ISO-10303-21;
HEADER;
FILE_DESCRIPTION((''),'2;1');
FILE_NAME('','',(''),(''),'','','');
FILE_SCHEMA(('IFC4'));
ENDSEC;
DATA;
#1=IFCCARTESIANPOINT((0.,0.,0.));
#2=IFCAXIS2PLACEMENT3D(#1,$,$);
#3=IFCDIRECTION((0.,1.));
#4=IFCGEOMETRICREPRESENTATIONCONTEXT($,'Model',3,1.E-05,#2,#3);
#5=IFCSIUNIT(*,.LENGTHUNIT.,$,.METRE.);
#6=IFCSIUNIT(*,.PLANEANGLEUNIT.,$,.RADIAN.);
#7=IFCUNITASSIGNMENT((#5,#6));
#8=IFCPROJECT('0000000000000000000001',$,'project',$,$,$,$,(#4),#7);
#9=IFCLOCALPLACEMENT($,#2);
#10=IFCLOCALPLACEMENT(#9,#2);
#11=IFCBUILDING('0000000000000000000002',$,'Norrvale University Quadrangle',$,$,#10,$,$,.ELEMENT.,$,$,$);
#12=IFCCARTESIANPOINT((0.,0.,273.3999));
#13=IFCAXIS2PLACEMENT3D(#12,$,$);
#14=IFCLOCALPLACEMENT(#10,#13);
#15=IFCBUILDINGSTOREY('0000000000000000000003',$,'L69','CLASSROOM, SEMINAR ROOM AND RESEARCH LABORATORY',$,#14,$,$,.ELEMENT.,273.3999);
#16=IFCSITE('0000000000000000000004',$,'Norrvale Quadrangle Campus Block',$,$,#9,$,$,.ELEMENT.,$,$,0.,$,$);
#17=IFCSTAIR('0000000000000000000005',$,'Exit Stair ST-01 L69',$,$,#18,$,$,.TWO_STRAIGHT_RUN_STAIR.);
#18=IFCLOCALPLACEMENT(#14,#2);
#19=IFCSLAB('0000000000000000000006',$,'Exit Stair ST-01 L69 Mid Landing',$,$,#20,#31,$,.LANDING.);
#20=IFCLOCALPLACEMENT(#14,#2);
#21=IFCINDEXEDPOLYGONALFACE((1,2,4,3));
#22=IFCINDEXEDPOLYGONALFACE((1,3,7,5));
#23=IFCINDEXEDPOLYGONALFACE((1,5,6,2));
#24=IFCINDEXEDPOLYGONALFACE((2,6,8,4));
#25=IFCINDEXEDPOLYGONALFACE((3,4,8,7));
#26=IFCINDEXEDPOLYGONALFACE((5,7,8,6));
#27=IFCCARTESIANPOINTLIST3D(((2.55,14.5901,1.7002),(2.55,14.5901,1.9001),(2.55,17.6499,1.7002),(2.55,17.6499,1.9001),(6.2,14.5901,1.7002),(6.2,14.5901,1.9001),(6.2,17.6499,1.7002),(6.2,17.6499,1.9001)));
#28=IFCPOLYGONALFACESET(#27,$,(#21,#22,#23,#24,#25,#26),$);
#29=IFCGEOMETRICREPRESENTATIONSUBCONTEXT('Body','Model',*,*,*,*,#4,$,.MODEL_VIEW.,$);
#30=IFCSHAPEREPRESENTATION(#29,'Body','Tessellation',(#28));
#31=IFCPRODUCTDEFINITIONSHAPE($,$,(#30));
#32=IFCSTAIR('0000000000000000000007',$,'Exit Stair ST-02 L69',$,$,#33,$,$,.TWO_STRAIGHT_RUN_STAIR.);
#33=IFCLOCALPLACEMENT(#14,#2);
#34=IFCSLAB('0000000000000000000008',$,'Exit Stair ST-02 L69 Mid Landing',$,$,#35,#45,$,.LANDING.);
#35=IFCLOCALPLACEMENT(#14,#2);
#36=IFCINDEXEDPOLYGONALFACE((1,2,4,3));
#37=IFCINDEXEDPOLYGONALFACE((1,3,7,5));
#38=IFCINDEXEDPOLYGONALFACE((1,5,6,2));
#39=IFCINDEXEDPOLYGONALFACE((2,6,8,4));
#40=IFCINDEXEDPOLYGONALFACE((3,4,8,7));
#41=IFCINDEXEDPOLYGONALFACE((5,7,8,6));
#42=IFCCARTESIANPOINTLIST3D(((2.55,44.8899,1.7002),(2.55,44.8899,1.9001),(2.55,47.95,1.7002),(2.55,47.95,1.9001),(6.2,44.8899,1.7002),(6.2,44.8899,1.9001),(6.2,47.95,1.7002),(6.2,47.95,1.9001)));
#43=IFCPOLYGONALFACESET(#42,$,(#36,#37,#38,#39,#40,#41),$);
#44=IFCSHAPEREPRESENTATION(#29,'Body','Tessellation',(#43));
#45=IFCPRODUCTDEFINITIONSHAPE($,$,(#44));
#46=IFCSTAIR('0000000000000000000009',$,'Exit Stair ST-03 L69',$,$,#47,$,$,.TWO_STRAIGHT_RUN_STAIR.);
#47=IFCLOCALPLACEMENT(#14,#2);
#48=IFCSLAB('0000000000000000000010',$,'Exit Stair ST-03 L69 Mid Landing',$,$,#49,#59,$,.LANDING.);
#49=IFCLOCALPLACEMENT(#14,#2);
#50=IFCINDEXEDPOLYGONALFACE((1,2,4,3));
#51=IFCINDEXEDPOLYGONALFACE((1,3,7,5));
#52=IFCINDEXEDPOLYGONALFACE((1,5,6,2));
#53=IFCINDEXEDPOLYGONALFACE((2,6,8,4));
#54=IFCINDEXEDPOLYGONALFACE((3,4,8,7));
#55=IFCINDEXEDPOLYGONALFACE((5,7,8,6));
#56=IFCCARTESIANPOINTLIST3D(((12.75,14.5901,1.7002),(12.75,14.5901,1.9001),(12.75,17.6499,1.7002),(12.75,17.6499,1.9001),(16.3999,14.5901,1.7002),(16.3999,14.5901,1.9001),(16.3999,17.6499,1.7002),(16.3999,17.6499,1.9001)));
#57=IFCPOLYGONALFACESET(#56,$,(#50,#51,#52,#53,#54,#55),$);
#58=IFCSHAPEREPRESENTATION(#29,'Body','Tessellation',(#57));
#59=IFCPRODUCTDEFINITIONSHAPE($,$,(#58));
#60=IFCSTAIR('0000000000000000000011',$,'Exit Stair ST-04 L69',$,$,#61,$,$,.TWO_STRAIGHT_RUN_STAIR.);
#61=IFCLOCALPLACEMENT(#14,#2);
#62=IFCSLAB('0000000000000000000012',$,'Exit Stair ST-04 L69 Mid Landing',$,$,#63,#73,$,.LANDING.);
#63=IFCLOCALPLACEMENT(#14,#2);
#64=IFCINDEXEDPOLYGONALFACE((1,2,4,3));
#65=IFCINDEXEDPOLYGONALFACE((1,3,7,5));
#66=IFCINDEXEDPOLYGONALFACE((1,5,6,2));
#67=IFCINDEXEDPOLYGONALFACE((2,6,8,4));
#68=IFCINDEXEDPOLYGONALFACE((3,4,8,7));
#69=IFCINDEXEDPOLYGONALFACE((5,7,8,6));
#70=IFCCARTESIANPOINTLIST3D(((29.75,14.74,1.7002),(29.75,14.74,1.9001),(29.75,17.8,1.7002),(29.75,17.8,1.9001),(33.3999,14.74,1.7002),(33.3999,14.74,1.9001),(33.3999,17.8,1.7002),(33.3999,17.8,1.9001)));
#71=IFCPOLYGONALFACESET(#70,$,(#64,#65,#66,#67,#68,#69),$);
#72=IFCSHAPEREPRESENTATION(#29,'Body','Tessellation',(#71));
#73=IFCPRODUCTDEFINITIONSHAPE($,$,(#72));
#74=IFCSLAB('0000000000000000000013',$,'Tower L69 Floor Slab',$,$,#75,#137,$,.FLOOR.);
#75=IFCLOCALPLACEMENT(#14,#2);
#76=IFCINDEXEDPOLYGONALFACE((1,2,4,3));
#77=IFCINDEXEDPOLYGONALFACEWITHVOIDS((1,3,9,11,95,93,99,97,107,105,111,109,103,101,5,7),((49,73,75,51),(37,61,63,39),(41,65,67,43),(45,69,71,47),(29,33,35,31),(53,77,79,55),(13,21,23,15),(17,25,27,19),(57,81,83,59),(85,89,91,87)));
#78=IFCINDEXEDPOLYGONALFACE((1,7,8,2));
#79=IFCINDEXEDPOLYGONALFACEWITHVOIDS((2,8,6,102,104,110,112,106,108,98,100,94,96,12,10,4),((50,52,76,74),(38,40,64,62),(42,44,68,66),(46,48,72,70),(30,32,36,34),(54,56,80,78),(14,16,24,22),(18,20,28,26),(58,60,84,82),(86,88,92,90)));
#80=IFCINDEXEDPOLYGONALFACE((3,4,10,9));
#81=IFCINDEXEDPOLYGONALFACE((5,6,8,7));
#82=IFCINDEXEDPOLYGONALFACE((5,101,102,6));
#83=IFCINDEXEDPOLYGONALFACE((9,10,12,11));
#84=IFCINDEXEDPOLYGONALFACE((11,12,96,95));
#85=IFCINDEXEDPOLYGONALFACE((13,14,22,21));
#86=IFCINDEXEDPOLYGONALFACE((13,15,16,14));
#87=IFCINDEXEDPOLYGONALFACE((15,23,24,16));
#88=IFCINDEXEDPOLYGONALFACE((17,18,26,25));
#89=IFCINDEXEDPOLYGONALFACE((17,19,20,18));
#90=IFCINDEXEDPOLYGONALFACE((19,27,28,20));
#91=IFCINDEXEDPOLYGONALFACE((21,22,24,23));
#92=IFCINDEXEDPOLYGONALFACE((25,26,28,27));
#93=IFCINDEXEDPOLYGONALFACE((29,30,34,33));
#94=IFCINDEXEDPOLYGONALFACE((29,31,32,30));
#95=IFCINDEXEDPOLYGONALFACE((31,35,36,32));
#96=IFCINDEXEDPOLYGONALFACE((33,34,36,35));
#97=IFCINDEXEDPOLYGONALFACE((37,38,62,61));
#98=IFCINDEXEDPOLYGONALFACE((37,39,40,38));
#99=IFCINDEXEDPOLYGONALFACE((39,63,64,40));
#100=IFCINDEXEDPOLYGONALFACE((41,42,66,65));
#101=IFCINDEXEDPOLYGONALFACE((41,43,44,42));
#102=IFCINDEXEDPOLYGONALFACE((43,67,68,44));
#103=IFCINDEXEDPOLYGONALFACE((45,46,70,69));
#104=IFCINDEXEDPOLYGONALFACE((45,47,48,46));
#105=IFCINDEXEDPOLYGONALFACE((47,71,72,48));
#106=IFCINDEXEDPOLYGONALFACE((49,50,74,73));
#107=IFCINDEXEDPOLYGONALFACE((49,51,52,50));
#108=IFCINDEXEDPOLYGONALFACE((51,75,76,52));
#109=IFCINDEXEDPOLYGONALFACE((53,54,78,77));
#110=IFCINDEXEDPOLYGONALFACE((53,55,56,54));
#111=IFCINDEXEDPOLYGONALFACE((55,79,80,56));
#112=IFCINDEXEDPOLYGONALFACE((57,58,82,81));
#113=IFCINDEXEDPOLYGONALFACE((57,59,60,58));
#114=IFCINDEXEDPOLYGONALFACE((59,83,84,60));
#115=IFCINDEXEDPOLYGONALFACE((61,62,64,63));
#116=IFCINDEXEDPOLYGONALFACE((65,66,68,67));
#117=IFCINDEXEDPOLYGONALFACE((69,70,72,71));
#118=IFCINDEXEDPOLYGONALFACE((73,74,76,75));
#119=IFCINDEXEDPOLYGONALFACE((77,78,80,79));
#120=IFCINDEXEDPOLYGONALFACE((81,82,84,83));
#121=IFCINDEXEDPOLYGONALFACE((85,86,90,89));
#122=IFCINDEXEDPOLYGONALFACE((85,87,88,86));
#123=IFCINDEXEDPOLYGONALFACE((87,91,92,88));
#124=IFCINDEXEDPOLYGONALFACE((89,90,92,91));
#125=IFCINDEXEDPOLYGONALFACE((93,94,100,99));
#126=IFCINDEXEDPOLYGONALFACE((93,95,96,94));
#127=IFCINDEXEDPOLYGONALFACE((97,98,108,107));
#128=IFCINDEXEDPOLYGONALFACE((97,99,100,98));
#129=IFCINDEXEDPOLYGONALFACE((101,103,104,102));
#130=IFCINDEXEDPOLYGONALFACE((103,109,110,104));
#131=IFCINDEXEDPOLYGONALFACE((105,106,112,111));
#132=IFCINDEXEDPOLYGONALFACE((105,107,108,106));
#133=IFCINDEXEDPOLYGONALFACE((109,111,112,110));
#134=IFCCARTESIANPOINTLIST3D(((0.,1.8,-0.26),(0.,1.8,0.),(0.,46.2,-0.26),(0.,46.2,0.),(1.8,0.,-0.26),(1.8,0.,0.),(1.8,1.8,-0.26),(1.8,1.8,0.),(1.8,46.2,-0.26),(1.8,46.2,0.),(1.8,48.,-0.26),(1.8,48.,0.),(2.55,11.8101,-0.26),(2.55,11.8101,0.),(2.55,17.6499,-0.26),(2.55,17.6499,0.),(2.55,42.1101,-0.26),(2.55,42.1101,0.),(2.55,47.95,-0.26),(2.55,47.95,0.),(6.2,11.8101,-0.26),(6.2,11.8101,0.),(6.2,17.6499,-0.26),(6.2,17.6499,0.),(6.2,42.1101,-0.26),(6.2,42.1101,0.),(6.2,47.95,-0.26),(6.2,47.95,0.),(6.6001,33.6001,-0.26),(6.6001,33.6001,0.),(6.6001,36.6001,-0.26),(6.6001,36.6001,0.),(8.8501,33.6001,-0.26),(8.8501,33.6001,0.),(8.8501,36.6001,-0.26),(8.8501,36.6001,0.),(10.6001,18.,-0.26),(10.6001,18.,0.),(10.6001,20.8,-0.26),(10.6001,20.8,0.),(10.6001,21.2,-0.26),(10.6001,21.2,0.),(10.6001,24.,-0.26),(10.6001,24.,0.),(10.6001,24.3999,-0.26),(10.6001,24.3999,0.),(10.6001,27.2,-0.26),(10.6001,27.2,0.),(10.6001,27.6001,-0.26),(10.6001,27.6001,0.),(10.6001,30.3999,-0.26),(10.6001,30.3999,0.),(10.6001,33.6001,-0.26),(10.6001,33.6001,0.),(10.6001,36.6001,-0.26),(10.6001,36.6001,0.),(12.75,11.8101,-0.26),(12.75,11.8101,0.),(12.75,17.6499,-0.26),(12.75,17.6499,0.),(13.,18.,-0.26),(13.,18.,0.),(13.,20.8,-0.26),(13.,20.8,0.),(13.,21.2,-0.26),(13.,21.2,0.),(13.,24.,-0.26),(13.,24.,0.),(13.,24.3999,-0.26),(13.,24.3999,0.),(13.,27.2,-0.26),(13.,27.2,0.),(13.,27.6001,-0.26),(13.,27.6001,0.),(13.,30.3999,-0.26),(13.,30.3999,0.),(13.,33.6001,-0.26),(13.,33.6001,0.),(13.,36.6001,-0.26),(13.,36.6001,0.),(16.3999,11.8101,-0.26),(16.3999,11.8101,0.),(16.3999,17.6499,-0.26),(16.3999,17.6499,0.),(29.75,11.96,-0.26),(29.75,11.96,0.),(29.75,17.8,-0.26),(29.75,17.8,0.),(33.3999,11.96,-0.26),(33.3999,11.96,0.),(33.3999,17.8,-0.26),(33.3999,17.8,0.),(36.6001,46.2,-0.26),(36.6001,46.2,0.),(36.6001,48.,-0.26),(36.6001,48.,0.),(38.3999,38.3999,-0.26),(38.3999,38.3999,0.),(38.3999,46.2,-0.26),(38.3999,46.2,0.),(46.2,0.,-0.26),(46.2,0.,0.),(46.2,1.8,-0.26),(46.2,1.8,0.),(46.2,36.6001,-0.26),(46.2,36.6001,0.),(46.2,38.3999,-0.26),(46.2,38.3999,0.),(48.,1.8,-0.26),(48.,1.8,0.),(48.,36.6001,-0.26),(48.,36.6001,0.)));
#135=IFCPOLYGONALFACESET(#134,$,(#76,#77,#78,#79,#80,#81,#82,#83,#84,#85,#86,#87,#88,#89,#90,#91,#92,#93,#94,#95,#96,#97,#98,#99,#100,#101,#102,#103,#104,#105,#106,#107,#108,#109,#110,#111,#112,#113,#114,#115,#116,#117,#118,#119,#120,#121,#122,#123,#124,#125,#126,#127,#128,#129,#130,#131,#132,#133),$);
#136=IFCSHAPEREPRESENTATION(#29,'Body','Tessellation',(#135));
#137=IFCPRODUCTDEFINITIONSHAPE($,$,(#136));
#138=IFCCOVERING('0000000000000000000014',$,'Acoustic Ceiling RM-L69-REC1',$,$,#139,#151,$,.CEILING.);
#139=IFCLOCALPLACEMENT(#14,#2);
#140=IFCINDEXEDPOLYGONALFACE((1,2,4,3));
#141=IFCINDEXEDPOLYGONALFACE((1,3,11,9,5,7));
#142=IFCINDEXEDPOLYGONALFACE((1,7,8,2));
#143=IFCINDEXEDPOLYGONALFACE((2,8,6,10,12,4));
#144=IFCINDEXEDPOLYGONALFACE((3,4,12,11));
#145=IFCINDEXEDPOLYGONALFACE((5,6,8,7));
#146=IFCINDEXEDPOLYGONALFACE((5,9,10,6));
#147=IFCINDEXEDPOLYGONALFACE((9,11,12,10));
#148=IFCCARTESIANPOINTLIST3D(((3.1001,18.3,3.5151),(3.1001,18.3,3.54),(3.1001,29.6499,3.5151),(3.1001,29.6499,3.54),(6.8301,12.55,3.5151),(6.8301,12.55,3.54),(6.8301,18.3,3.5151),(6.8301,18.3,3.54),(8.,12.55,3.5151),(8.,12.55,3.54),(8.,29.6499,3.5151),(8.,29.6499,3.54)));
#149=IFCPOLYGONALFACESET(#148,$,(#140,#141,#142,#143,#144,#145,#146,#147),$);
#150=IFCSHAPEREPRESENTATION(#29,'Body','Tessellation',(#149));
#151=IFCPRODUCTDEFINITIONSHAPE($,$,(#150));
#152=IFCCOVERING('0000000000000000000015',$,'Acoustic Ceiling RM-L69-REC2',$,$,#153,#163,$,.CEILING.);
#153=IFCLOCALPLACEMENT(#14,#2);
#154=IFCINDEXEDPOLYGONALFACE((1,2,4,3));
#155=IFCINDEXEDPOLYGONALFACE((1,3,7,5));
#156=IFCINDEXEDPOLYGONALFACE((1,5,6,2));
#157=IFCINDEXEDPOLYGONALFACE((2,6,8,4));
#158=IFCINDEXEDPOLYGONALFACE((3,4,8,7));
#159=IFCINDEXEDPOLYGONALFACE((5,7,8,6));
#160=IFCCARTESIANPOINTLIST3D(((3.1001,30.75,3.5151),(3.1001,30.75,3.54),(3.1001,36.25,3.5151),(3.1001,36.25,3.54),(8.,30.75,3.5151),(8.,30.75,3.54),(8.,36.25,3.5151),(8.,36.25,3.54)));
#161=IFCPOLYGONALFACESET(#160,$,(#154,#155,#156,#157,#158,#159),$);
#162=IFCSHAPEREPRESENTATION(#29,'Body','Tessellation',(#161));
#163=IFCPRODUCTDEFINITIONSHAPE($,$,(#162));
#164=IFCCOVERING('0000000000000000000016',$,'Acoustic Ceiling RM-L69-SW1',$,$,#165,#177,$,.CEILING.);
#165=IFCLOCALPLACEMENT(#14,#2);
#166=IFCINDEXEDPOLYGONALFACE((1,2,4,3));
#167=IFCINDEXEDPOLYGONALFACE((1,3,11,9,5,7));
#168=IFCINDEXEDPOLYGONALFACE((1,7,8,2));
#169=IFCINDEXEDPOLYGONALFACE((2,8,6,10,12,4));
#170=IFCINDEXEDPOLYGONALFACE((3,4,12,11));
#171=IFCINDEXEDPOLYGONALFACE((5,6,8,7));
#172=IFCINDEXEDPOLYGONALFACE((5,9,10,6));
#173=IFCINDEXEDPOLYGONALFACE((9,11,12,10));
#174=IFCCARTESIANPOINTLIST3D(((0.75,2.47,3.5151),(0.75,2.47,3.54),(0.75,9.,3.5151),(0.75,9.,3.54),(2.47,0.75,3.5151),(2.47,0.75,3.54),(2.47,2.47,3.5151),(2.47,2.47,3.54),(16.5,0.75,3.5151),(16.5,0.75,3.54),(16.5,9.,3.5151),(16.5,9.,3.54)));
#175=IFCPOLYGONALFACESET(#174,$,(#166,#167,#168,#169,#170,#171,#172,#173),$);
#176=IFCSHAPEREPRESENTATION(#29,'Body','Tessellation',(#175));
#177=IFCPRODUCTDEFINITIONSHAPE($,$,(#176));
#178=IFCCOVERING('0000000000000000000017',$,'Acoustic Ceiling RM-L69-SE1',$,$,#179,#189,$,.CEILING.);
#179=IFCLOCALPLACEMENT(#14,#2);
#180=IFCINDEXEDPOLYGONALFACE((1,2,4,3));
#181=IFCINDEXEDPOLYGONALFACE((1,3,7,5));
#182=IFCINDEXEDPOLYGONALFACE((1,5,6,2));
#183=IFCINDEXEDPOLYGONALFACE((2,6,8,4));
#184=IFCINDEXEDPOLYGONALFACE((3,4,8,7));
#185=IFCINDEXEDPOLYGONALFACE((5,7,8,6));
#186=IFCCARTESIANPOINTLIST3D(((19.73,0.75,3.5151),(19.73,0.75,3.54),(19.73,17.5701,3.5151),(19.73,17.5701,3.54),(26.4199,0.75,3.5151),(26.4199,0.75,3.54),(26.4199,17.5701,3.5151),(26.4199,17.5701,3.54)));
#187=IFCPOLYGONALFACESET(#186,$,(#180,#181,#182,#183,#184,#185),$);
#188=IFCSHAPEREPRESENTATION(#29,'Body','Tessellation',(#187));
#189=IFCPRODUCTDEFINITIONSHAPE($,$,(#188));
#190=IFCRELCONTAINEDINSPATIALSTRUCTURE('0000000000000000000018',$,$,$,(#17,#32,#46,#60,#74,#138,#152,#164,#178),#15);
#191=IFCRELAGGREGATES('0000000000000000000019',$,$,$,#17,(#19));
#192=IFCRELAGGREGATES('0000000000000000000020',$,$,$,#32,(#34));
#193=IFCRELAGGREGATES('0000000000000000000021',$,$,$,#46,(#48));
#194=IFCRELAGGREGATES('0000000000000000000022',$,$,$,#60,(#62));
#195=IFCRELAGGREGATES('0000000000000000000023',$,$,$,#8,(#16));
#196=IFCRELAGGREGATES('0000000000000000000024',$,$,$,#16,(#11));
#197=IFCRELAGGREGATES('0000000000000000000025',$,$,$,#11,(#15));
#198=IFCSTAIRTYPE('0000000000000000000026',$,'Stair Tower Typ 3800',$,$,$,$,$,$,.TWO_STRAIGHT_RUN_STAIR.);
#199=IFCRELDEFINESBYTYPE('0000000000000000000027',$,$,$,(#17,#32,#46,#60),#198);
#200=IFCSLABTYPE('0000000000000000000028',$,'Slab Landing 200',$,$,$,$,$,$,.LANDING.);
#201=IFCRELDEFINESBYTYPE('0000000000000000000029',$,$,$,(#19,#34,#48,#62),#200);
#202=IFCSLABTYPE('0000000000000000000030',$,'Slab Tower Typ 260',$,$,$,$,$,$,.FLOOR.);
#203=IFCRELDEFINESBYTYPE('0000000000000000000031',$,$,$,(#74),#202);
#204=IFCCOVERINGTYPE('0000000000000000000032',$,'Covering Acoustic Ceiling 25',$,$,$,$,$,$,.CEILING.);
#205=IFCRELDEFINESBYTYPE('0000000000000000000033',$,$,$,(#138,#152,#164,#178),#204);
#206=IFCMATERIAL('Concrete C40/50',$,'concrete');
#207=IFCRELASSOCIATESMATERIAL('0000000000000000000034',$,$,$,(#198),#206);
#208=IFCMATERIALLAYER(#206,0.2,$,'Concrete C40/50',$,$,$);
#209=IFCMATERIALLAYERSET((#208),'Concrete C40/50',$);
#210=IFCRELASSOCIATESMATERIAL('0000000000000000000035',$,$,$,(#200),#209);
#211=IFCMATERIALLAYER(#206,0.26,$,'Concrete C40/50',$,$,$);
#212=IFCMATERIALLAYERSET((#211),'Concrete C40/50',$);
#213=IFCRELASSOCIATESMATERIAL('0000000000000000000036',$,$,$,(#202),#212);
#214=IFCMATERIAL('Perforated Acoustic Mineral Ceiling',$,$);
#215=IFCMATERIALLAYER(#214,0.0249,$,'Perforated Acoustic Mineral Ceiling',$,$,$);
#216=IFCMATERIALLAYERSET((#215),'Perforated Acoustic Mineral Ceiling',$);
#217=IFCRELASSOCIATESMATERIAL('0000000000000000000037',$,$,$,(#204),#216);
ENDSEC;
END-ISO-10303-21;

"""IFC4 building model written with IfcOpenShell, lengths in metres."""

from ifc_helpers import new_model, si_unit, direction, frame, origin, place, context, subcontext, project, spatial, polyline, outline, extrude, material, layer, layer_set, type_object, element, aggregate, save


model = new_model("IFC4")

# Units and contexts
model_context = context("Model", 3, precision=1e-05, world=origin(), true_north=direction((0.0, 1.0)))
body_context = subcontext(model_context, "Body", "Model", "MODEL_VIEW")
ifc_project = project(units=[si_unit("LENGTHUNIT", "METRE"), si_unit("PLANEANGLEUNIT", "RADIAN")], contexts=[model_context])

# Site, building, storey
site_placement = place(None, origin())
site = spatial("IfcSite", under=ifc_project, at=site_placement, Name="Norrvale Quadrangle Campus Block", CompositionType="ELEMENT", RefElevation=0.0)
building_placement = place(site_placement, origin())
building = spatial("IfcBuilding", under=site, at=building_placement, Name="Norrvale University Quadrangle", CompositionType="ELEMENT")
storey_placement = place(building_placement, frame((0.0, 0.0, 273.3999)))
storey = spatial("IfcBuildingStorey", under=building, at=storey_placement, Name="L69", Description="CLASSROOM, SEMINAR ROOM AND RESEARCH LABORATORY", CompositionType="ELEMENT", Elevation=273.3999)

# Stairs, slabs
ifc_material_1 = material(Name="Concrete C40/50", Category="concrete")
stair_type = type_object("IfcStairType", Name="Stair Tower Typ 3800", PredefinedType="TWO_STRAIGHT_RUN_STAIR", material=ifc_material_1)
stair_1_placement = place(storey_placement, origin())
stair_1 = element("IfcStair", 1, at=stair_1_placement, inside=storey, type_object=stair_type, Name="Exit Stair ST-01 L69", PredefinedType="TWO_STRAIGHT_RUN_STAIR")
ifc_layer_1 = layer(ifc_material_1, 0.2, Name="Concrete C40/50")
ifc_layer_set_1 = layer_set([ifc_layer_1], Name="Concrete C40/50")
slab_type_1 = type_object("IfcSlabType", Name="Slab Landing 200", PredefinedType="LANDING", material=ifc_layer_set_1)
slab_1_placement = place(storey_placement, frame((0.0, 0.0, 1.7002)))
slab_1 = element("IfcSlab", 2, at=slab_1_placement, type_object=slab_type_1, Name="Exit Stair ST-01 L69 Mid Landing", PredefinedType="LANDING", context=body_context, shape_type="SweptSolid", body=[
    extrude(outline(polyline([(2.55, 14.5901), (6.2, 14.5901), (6.2, 17.6499), (2.55, 17.6499), (2.55, 14.5901)])), origin(), (0.0, 0.0, 1.0), 0.2),
])
aggregate(stair_1, [slab_1])
stair_2_placement = place(storey_placement, origin())
stair_2 = element("IfcStair", 3, at=stair_2_placement, inside=storey, type_object=stair_type, Name="Exit Stair ST-02 L69", PredefinedType="TWO_STRAIGHT_RUN_STAIR")
slab_2_placement = place(storey_placement, frame((0.0, 0.0, 1.7002)))
slab_2 = element("IfcSlab", 4, at=slab_2_placement, type_object=slab_type_1, Name="Exit Stair ST-02 L69 Mid Landing", PredefinedType="LANDING", context=body_context, shape_type="SweptSolid", body=[
    extrude(outline(polyline([(2.55, 44.8899), (6.2, 44.8899), (6.2, 47.95), (2.55, 47.95), (2.55, 44.8899)])), origin(), (0.0, 0.0, 1.0), 0.2),
])
aggregate(stair_2, [slab_2])
stair_3_placement = place(storey_placement, origin())
stair_3 = element("IfcStair", 5, at=stair_3_placement, inside=storey, type_object=stair_type, Name="Exit Stair ST-03 L69", PredefinedType="TWO_STRAIGHT_RUN_STAIR")
slab_3_placement = place(storey_placement, frame((0.0, 0.0, 1.7002)))
slab_3 = element("IfcSlab", 6, at=slab_3_placement, type_object=slab_type_1, Name="Exit Stair ST-03 L69 Mid Landing", PredefinedType="LANDING", context=body_context, shape_type="SweptSolid", body=[
    extrude(outline(polyline([(12.75, 14.5901), (16.3999, 14.5901), (16.3999, 17.6499), (12.75, 17.6499), (12.75, 14.5901)])), origin(), (0.0, 0.0, 1.0), 0.2),
])
aggregate(stair_3, [slab_3])
stair_4_placement = place(storey_placement, origin())
stair_4 = element("IfcStair", 7, at=stair_4_placement, inside=storey, type_object=stair_type, Name="Exit Stair ST-04 L69", PredefinedType="TWO_STRAIGHT_RUN_STAIR")
slab_4_placement = place(storey_placement, frame((0.0, 0.0, 1.7002)))
slab_4 = element("IfcSlab", 8, at=slab_4_placement, type_object=slab_type_1, Name="Exit Stair ST-04 L69 Mid Landing", PredefinedType="LANDING", context=body_context, shape_type="SweptSolid", body=[
    extrude(outline(polyline([(29.75, 14.74), (33.3999, 14.74), (33.3999, 17.8), (29.75, 17.8), (29.75, 14.74)])), origin(), (0.0, 0.0, 1.0), 0.2),
])
aggregate(stair_4, [slab_4])

# Slab
ifc_layer_2 = layer(ifc_material_1, 0.26, Name="Concrete C40/50")
ifc_layer_set_2 = layer_set([ifc_layer_2], Name="Concrete C40/50")
slab_type_2 = type_object("IfcSlabType", Name="Slab Tower Typ 260", PredefinedType="FLOOR", material=ifc_layer_set_2)
slab_5_placement = place(storey_placement, frame((0.0, 0.0, -0.26)))
element("IfcSlab", 9, at=slab_5_placement, inside=storey, type_object=slab_type_2, Name="Tower L69 Floor Slab", PredefinedType="FLOOR", context=body_context, shape_type="SweptSolid", body=[
    extrude(outline(polyline([(1.8, 0.0), (46.2, 0.0), (46.2, 1.8), (48.0, 1.8), (48.0, 36.6001), (46.2, 36.6001), (46.2, 38.3999), (38.3999, 38.3999), (38.3999, 46.2), (36.6001, 46.2), (36.6001, 48.0), (1.8, 48.0), (1.8, 46.2), (0.0, 46.2), (0.0, 1.8), (1.8, 1.8), (1.8, 0.0)]), holes=[polyline([(2.55, 11.8101), (6.2, 11.8101), (6.2, 17.6499), (2.55, 17.6499), (2.55, 11.8101)]), polyline([(2.55, 42.1101), (6.2, 42.1101), (6.2, 47.95), (2.55, 47.95), (2.55, 42.1101)]), polyline([(12.75, 11.8101), (16.3999, 11.8101), (16.3999, 17.6499), (12.75, 17.6499), (12.75, 11.8101)]), polyline([(29.75, 11.96), (33.3999, 11.96), (33.3999, 17.8), (29.75, 17.8), (29.75, 11.96)]), polyline([(10.6001, 18.0), (13.0, 18.0), (13.0, 20.8), (10.6001, 20.8), (10.6001, 18.0)]), polyline([(10.6001, 21.2), (13.0, 21.2), (13.0, 24.0), (10.6001, 24.0), (10.6001, 21.2)]), polyline([(10.6001, 24.3999), (13.0, 24.3999), (13.0, 27.2), (10.6001, 27.2), (10.6001, 24.3999)]), polyline([(10.6001, 27.6001), (13.0, 27.6001), (13.0, 30.3999), (10.6001, 30.3999), (10.6001, 27.6001)]), polyline([(6.6001, 33.6001), (8.8501, 33.6001), (8.8501, 36.6001), (6.6001, 36.6001), (6.6001, 33.6001)]), polyline([(10.6001, 33.6001), (13.0, 33.6001), (13.0, 36.6001), (10.6001, 36.6001), (10.6001, 33.6001)])]), origin(), (0.0, 0.0, 1.0), 0.26),
])

# Coverings
ifc_material_2 = material(Name="Perforated Acoustic Mineral Ceiling")
ifc_layer_3 = layer(ifc_material_2, 0.0249, Name="Perforated Acoustic Mineral Ceiling")
ifc_layer_set_3 = layer_set([ifc_layer_3], Name="Perforated Acoustic Mineral Ceiling")
covering_type_1 = type_object("IfcCoveringType", Name="Covering Acoustic Ceiling 25", PredefinedType="CEILING", material=ifc_layer_set_3)
covering_1_placement = place(storey_placement, frame((0.0, 0.0, 3.5151)))
element("IfcCovering", 10, at=covering_1_placement, inside=storey, type_object=covering_type_1, Name="Acoustic Ceiling RM-L69-REC1", PredefinedType="CEILING", context=body_context, shape_type="SweptSolid", body=[
    extrude(outline(polyline([(3.1001, 18.3), (3.1001, 29.6499), (8.0, 29.6499), (8.0, 12.55), (6.8301, 12.55), (6.8301, 18.3), (3.1001, 18.3)])), origin(), (0.0, 0.0, 1.0), 0.0249),
])
covering_2_placement = place(storey_placement, frame((0.0, 0.0, 3.5151)))
element("IfcCovering", 11, at=covering_2_placement, inside=storey, type_object=covering_type_1, Name="Acoustic Ceiling RM-L69-REC2", PredefinedType="CEILING", context=body_context, shape_type="SweptSolid", body=[
    extrude(outline(polyline([(3.1001, 30.75), (3.1001, 36.25), (8.0, 36.25), (8.0, 30.75), (3.1001, 30.75)])), origin(), (0.0, 0.0, 1.0), 0.0249),
])
covering_3_placement = place(storey_placement, frame((0.0, 0.0, 3.5151)))
element("IfcCovering", 12, at=covering_3_placement, inside=storey, type_object=covering_type_1, Name="Acoustic Ceiling RM-L69-SW1", PredefinedType="CEILING", context=body_context, shape_type="SweptSolid", body=[
    extrude(outline(polyline([(0.75, 9.0), (16.5, 9.0), (16.5, 0.75), (2.47, 0.75), (2.47, 2.47), (0.75, 2.47), (0.75, 9.0)])), origin(), (0.0, 0.0, 1.0), 0.0249),
])
covering_4_placement = place(storey_placement, frame((0.0, 0.0, 3.5151)))
element("IfcCovering", 13, at=covering_4_placement, inside=storey, type_object=covering_type_1, Name="Acoustic Ceiling RM-L69-SE1", PredefinedType="CEILING", context=body_context, shape_type="SweptSolid", body=[
    extrude(outline(polyline([(19.73, 17.5701), (26.4199, 17.5701), (26.4199, 0.75), (19.73, 0.75), (19.73, 17.5701)])), origin(), (0.0, 0.0, 1.0), 0.0249),
])

save(model, "model.ifc")
